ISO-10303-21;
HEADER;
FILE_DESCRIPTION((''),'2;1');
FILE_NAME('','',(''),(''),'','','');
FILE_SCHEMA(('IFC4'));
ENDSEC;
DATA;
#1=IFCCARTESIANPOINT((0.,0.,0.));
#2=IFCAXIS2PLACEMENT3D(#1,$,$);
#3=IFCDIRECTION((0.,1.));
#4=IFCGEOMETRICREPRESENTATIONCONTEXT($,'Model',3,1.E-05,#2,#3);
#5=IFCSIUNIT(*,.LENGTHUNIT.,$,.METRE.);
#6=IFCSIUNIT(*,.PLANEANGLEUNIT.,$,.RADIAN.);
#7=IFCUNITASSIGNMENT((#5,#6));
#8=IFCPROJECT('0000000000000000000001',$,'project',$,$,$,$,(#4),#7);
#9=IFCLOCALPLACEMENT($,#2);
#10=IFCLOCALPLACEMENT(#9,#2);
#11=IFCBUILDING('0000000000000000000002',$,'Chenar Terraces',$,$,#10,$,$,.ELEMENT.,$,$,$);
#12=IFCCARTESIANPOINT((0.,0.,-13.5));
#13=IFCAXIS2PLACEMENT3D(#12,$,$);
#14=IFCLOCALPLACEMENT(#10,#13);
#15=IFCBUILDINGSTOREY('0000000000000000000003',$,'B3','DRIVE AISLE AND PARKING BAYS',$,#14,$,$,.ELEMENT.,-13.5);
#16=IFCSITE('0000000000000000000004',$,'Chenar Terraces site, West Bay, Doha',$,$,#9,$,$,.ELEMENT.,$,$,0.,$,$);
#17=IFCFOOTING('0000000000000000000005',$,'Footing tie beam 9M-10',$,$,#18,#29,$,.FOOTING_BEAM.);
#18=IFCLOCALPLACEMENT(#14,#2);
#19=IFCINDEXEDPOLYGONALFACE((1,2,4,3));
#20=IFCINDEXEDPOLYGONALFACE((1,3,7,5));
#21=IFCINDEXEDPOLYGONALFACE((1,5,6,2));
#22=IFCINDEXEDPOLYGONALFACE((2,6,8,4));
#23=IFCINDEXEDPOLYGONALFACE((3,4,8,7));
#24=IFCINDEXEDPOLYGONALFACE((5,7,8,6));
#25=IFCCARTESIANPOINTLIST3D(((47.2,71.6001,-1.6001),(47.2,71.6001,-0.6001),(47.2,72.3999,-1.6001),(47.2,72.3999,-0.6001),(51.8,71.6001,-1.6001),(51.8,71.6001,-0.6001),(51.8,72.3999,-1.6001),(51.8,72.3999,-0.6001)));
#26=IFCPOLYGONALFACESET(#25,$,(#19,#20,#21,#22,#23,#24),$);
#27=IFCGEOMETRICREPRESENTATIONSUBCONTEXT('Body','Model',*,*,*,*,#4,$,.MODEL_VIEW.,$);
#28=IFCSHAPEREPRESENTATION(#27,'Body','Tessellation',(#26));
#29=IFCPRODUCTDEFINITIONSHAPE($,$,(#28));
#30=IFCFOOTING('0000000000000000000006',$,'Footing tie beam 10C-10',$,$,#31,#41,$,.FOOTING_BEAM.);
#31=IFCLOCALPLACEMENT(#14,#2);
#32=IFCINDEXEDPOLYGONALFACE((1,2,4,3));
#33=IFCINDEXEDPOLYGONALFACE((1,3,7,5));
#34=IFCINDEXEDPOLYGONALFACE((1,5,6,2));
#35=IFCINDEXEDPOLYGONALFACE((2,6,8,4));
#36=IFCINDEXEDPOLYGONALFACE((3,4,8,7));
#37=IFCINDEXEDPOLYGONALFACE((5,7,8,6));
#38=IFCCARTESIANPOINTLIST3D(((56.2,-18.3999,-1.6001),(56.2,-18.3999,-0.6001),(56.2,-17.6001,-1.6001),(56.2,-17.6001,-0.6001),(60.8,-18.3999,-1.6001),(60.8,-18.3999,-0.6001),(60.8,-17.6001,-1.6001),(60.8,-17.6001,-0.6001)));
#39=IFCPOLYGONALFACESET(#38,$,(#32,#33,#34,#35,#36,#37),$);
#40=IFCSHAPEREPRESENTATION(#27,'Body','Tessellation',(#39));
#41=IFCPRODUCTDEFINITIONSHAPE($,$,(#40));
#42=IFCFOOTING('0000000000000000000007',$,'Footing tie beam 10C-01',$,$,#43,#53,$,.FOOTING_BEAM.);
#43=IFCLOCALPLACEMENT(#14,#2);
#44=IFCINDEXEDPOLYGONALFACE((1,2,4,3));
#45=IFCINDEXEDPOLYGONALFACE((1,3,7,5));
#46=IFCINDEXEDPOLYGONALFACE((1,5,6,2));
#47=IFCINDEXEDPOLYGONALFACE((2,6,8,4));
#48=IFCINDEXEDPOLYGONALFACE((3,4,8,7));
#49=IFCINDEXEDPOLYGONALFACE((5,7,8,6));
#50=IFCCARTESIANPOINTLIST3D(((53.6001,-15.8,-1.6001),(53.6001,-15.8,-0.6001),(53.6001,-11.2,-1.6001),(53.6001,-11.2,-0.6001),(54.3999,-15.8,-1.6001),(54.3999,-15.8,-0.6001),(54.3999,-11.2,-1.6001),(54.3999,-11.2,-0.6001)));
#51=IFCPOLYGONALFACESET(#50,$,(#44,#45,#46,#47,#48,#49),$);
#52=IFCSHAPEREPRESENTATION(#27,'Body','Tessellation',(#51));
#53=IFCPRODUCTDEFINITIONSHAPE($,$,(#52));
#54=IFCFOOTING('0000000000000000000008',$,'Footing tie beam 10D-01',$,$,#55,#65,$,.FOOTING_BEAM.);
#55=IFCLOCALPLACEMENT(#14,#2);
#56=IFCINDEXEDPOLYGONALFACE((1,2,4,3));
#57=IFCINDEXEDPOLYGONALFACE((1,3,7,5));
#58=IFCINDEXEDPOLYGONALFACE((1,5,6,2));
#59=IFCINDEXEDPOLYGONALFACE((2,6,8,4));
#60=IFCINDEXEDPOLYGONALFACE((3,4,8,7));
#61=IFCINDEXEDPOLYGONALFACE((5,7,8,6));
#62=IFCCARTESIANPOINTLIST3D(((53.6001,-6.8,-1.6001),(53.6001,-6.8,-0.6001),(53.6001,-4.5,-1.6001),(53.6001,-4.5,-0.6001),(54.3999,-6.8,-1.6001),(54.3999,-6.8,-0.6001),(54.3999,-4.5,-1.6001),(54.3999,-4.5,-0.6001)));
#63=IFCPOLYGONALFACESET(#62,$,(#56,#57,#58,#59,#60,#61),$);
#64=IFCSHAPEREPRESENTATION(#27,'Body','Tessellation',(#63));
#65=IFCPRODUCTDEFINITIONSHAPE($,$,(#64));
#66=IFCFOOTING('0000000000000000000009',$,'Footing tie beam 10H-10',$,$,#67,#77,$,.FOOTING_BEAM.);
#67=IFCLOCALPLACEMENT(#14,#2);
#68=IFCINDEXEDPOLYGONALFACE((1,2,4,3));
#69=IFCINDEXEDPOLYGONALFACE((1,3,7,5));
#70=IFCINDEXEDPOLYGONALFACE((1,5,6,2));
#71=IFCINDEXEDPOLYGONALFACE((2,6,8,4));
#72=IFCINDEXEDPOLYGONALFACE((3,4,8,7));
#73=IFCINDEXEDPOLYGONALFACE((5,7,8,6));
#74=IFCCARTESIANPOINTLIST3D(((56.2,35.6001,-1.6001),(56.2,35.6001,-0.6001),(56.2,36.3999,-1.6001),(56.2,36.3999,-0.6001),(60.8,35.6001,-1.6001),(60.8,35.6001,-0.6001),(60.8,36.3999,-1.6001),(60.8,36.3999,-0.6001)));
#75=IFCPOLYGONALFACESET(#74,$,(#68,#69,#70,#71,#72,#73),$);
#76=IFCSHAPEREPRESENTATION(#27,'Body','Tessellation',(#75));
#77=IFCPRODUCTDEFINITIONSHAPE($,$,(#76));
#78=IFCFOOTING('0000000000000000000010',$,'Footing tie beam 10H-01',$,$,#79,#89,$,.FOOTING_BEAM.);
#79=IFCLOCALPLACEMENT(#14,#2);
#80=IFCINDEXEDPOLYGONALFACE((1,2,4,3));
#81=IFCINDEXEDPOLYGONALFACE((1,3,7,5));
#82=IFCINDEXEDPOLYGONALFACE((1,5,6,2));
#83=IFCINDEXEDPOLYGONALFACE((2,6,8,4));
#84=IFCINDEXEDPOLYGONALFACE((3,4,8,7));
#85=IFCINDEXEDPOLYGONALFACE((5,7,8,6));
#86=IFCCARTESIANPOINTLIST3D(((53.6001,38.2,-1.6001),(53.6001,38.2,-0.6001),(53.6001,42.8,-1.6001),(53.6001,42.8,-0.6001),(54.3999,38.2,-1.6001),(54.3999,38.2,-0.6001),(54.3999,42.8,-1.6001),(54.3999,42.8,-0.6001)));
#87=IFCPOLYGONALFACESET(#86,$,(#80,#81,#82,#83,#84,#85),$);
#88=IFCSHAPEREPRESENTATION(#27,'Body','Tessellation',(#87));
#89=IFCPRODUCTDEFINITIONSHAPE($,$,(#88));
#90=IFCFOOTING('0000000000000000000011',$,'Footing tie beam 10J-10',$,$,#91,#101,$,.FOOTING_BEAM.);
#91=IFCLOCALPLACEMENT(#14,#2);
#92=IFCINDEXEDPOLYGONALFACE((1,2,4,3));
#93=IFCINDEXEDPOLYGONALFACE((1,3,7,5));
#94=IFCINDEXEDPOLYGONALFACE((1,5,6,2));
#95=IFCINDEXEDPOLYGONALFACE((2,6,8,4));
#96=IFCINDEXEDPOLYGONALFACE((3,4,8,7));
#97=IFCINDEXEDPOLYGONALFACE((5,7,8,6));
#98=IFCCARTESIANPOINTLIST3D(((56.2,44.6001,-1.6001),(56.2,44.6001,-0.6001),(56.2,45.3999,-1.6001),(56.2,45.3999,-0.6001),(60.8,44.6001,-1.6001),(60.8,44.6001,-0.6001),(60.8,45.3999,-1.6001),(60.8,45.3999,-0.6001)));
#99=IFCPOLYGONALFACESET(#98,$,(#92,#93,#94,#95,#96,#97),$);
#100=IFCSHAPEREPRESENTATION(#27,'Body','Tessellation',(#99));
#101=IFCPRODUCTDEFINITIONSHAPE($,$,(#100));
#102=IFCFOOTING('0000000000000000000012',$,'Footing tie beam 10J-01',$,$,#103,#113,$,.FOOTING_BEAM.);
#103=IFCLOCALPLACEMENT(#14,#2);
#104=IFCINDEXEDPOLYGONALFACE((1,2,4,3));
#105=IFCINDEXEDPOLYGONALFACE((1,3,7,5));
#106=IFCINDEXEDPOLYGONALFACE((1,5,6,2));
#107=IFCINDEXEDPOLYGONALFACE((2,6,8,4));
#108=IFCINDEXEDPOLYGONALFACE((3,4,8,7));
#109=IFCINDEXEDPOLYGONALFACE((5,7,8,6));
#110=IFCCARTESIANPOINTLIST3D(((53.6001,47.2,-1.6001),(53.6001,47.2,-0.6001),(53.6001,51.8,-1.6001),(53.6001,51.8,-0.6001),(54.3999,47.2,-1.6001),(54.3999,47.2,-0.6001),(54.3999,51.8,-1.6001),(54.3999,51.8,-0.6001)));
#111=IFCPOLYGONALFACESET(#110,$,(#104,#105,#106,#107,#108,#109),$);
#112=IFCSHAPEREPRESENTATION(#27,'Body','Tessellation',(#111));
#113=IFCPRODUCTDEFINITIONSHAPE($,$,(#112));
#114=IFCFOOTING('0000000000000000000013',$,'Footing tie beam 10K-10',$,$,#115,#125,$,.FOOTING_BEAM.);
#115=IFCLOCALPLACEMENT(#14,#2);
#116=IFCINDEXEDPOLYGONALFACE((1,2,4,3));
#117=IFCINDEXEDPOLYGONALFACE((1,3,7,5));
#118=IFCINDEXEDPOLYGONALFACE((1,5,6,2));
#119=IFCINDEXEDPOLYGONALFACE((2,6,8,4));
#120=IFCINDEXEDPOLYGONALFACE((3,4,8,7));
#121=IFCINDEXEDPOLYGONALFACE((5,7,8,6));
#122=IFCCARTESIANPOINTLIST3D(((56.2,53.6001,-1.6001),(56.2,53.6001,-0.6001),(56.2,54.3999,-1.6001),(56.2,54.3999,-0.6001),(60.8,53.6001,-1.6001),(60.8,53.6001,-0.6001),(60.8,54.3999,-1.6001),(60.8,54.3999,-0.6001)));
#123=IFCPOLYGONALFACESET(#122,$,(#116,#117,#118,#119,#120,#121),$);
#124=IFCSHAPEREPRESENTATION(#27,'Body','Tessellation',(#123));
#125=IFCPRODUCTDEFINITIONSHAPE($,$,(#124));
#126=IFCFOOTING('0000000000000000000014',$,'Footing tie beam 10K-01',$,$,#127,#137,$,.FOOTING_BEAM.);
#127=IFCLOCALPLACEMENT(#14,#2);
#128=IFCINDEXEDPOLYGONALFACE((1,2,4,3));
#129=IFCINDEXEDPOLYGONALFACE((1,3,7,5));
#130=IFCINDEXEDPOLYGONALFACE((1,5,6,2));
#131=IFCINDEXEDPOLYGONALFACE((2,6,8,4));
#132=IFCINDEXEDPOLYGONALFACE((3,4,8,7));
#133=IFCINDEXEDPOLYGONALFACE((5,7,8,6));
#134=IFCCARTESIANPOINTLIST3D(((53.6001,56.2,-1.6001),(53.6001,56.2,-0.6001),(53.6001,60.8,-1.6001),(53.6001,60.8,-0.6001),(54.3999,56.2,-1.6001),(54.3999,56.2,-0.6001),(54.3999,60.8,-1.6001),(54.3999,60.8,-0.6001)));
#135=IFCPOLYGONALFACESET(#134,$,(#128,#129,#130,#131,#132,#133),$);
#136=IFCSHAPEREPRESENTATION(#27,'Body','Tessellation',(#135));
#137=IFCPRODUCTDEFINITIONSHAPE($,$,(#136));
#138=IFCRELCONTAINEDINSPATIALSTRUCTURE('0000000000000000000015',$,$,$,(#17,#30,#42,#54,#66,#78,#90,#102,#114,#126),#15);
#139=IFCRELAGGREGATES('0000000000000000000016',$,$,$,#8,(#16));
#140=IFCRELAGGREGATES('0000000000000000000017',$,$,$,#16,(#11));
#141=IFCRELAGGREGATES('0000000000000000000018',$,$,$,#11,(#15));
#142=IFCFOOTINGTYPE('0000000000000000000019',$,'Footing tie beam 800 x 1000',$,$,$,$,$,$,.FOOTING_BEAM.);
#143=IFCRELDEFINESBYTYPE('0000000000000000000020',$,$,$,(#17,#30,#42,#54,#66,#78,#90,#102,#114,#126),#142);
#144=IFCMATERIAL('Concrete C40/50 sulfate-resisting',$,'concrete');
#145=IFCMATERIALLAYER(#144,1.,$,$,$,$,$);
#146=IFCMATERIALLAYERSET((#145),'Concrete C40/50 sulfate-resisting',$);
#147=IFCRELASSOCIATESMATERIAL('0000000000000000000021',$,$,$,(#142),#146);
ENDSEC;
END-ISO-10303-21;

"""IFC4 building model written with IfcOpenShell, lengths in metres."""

from ifc_helpers import new_model, si_unit, direction, frame, origin, place, context, subcontext, project, spatial, polyline, outline, extrude, material, layer, layer_set, type_object, element, save


model = new_model("IFC4")

# Units and contexts
model_context = context("Model", 3, precision=1e-05, world=origin(), true_north=direction((0.0, 1.0)))
body_context = subcontext(model_context, "Body", "Model", "MODEL_VIEW")
ifc_project = project(units=[si_unit("LENGTHUNIT", "METRE"), si_unit("PLANEANGLEUNIT", "RADIAN")], contexts=[model_context])

# Site, building, storey
site_placement = place(None, origin())
site = spatial("IfcSite", under=ifc_project, at=site_placement, Name="Chenar Terraces site, West Bay, Doha", CompositionType="ELEMENT", RefElevation=0.0)
building_placement = place(site_placement, origin())
building = spatial("IfcBuilding", under=site, at=building_placement, Name="Chenar Terraces", CompositionType="ELEMENT")
storey_placement = place(building_placement, frame((0.0, 0.0, -13.5)))
storey = spatial("IfcBuildingStorey", under=building, at=storey_placement, Name="B3", Description="DRIVE AISLE AND PARKING BAYS", CompositionType="ELEMENT", Elevation=-13.5)

# Footings
ifc_material = material(Name="Concrete C40/50 sulfate-resisting", Category="concrete")
ifc_layer = layer(ifc_material, 1.0)
ifc_layer_set = layer_set([ifc_layer], Name="Concrete C40/50 sulfate-resisting")
footing_type = type_object("IfcFootingType", Name="Footing tie beam 800 x 1000", PredefinedType="FOOTING_BEAM", material=ifc_layer_set)
placement = place(storey_placement, frame((0.0, 0.0, -1.6001)))
element("IfcFooting", 1, at=placement, inside=storey, type_object=footing_type, Name="Footing tie beam 9M-10", PredefinedType="FOOTING_BEAM", context=body_context, shape_type="SweptSolid", body=[
    extrude(outline(polyline([(51.8, 71.6001), (51.8, 72.3999), (47.2, 72.3999), (47.2, 71.6001), (51.8, 71.6001)])), origin(), (0.0, 0.0, 1.0), 1.0),
])
element("IfcFooting", 2, at=placement, inside=storey, type_object=footing_type, Name="Footing tie beam 10C-10", PredefinedType="FOOTING_BEAM", context=body_context, shape_type="SweptSolid", body=[
    extrude(outline(polyline([(60.8, -18.3999), (60.8, -17.6001), (56.2, -17.6001), (56.2, -18.3999), (60.8, -18.3999)])), origin(), (0.0, 0.0, 1.0), 1.0),
])
element("IfcFooting", 3, at=placement, inside=storey, type_object=footing_type, Name="Footing tie beam 10C-01", PredefinedType="FOOTING_BEAM", context=body_context, shape_type="SweptSolid", body=[
    extrude(outline(polyline([(54.3999, -15.8), (54.3999, -11.2), (53.6001, -11.2), (53.6001, -15.8), (54.3999, -15.8)])), origin(), (0.0, 0.0, 1.0), 1.0),
])
element("IfcFooting", 4, at=placement, inside=storey, type_object=footing_type, Name="Footing tie beam 10D-01", PredefinedType="FOOTING_BEAM", context=body_context, shape_type="SweptSolid", body=[
    extrude(outline(polyline([(54.3999, -6.8), (54.3999, -4.5), (53.6001, -4.5), (53.6001, -6.8), (54.3999, -6.8)])), origin(), (0.0, 0.0, 1.0), 1.0),
])
element("IfcFooting", 5, at=placement, inside=storey, type_object=footing_type, Name="Footing tie beam 10H-10", PredefinedType="FOOTING_BEAM", context=body_context, shape_type="SweptSolid", body=[
    extrude(outline(polyline([(60.8, 35.6001), (60.8, 36.3999), (56.2, 36.3999), (56.2, 35.6001), (60.8, 35.6001)])), origin(), (0.0, 0.0, 1.0), 1.0),
])
element("IfcFooting", 6, at=placement, inside=storey, type_object=footing_type, Name="Footing tie beam 10H-01", PredefinedType="FOOTING_BEAM", context=body_context, shape_type="SweptSolid", body=[
    extrude(outline(polyline([(54.3999, 38.2), (54.3999, 42.8), (53.6001, 42.8), (53.6001, 38.2), (54.3999, 38.2)])), origin(), (0.0, 0.0, 1.0), 1.0),
])
element("IfcFooting", 7, at=placement, inside=storey, type_object=footing_type, Name="Footing tie beam 10J-10", PredefinedType="FOOTING_BEAM", context=body_context, shape_type="SweptSolid", body=[
    extrude(outline(polyline([(60.8, 44.6001), (60.8, 45.3999), (56.2, 45.3999), (56.2, 44.6001), (60.8, 44.6001)])), origin(), (0.0, 0.0, 1.0), 1.0),
])
element("IfcFooting", 8, at=placement, inside=storey, type_object=footing_type, Name="Footing tie beam 10J-01", PredefinedType="FOOTING_BEAM", context=body_context, shape_type="SweptSolid", body=[
    extrude(outline(polyline([(54.3999, 47.2), (54.3999, 51.8), (53.6001, 51.8), (53.6001, 47.2), (54.3999, 47.2)])), origin(), (0.0, 0.0, 1.0), 1.0),
])
element("IfcFooting", 9, at=placement, inside=storey, type_object=footing_type, Name="Footing tie beam 10K-10", PredefinedType="FOOTING_BEAM", context=body_context, shape_type="SweptSolid", body=[
    extrude(outline(polyline([(60.8, 53.6001), (60.8, 54.3999), (56.2, 54.3999), (56.2, 53.6001), (60.8, 53.6001)])), origin(), (0.0, 0.0, 1.0), 1.0),
])
element("IfcFooting", 10, at=placement, inside=storey, type_object=footing_type, Name="Footing tie beam 10K-01", PredefinedType="FOOTING_BEAM", context=body_context, shape_type="SweptSolid", body=[
    extrude(outline(polyline([(54.3999, 56.2), (54.3999, 60.8), (53.6001, 60.8), (53.6001, 56.2), (54.3999, 56.2)])), origin(), (0.0, 0.0, 1.0), 1.0),
])

save(model, "model.ifc")
